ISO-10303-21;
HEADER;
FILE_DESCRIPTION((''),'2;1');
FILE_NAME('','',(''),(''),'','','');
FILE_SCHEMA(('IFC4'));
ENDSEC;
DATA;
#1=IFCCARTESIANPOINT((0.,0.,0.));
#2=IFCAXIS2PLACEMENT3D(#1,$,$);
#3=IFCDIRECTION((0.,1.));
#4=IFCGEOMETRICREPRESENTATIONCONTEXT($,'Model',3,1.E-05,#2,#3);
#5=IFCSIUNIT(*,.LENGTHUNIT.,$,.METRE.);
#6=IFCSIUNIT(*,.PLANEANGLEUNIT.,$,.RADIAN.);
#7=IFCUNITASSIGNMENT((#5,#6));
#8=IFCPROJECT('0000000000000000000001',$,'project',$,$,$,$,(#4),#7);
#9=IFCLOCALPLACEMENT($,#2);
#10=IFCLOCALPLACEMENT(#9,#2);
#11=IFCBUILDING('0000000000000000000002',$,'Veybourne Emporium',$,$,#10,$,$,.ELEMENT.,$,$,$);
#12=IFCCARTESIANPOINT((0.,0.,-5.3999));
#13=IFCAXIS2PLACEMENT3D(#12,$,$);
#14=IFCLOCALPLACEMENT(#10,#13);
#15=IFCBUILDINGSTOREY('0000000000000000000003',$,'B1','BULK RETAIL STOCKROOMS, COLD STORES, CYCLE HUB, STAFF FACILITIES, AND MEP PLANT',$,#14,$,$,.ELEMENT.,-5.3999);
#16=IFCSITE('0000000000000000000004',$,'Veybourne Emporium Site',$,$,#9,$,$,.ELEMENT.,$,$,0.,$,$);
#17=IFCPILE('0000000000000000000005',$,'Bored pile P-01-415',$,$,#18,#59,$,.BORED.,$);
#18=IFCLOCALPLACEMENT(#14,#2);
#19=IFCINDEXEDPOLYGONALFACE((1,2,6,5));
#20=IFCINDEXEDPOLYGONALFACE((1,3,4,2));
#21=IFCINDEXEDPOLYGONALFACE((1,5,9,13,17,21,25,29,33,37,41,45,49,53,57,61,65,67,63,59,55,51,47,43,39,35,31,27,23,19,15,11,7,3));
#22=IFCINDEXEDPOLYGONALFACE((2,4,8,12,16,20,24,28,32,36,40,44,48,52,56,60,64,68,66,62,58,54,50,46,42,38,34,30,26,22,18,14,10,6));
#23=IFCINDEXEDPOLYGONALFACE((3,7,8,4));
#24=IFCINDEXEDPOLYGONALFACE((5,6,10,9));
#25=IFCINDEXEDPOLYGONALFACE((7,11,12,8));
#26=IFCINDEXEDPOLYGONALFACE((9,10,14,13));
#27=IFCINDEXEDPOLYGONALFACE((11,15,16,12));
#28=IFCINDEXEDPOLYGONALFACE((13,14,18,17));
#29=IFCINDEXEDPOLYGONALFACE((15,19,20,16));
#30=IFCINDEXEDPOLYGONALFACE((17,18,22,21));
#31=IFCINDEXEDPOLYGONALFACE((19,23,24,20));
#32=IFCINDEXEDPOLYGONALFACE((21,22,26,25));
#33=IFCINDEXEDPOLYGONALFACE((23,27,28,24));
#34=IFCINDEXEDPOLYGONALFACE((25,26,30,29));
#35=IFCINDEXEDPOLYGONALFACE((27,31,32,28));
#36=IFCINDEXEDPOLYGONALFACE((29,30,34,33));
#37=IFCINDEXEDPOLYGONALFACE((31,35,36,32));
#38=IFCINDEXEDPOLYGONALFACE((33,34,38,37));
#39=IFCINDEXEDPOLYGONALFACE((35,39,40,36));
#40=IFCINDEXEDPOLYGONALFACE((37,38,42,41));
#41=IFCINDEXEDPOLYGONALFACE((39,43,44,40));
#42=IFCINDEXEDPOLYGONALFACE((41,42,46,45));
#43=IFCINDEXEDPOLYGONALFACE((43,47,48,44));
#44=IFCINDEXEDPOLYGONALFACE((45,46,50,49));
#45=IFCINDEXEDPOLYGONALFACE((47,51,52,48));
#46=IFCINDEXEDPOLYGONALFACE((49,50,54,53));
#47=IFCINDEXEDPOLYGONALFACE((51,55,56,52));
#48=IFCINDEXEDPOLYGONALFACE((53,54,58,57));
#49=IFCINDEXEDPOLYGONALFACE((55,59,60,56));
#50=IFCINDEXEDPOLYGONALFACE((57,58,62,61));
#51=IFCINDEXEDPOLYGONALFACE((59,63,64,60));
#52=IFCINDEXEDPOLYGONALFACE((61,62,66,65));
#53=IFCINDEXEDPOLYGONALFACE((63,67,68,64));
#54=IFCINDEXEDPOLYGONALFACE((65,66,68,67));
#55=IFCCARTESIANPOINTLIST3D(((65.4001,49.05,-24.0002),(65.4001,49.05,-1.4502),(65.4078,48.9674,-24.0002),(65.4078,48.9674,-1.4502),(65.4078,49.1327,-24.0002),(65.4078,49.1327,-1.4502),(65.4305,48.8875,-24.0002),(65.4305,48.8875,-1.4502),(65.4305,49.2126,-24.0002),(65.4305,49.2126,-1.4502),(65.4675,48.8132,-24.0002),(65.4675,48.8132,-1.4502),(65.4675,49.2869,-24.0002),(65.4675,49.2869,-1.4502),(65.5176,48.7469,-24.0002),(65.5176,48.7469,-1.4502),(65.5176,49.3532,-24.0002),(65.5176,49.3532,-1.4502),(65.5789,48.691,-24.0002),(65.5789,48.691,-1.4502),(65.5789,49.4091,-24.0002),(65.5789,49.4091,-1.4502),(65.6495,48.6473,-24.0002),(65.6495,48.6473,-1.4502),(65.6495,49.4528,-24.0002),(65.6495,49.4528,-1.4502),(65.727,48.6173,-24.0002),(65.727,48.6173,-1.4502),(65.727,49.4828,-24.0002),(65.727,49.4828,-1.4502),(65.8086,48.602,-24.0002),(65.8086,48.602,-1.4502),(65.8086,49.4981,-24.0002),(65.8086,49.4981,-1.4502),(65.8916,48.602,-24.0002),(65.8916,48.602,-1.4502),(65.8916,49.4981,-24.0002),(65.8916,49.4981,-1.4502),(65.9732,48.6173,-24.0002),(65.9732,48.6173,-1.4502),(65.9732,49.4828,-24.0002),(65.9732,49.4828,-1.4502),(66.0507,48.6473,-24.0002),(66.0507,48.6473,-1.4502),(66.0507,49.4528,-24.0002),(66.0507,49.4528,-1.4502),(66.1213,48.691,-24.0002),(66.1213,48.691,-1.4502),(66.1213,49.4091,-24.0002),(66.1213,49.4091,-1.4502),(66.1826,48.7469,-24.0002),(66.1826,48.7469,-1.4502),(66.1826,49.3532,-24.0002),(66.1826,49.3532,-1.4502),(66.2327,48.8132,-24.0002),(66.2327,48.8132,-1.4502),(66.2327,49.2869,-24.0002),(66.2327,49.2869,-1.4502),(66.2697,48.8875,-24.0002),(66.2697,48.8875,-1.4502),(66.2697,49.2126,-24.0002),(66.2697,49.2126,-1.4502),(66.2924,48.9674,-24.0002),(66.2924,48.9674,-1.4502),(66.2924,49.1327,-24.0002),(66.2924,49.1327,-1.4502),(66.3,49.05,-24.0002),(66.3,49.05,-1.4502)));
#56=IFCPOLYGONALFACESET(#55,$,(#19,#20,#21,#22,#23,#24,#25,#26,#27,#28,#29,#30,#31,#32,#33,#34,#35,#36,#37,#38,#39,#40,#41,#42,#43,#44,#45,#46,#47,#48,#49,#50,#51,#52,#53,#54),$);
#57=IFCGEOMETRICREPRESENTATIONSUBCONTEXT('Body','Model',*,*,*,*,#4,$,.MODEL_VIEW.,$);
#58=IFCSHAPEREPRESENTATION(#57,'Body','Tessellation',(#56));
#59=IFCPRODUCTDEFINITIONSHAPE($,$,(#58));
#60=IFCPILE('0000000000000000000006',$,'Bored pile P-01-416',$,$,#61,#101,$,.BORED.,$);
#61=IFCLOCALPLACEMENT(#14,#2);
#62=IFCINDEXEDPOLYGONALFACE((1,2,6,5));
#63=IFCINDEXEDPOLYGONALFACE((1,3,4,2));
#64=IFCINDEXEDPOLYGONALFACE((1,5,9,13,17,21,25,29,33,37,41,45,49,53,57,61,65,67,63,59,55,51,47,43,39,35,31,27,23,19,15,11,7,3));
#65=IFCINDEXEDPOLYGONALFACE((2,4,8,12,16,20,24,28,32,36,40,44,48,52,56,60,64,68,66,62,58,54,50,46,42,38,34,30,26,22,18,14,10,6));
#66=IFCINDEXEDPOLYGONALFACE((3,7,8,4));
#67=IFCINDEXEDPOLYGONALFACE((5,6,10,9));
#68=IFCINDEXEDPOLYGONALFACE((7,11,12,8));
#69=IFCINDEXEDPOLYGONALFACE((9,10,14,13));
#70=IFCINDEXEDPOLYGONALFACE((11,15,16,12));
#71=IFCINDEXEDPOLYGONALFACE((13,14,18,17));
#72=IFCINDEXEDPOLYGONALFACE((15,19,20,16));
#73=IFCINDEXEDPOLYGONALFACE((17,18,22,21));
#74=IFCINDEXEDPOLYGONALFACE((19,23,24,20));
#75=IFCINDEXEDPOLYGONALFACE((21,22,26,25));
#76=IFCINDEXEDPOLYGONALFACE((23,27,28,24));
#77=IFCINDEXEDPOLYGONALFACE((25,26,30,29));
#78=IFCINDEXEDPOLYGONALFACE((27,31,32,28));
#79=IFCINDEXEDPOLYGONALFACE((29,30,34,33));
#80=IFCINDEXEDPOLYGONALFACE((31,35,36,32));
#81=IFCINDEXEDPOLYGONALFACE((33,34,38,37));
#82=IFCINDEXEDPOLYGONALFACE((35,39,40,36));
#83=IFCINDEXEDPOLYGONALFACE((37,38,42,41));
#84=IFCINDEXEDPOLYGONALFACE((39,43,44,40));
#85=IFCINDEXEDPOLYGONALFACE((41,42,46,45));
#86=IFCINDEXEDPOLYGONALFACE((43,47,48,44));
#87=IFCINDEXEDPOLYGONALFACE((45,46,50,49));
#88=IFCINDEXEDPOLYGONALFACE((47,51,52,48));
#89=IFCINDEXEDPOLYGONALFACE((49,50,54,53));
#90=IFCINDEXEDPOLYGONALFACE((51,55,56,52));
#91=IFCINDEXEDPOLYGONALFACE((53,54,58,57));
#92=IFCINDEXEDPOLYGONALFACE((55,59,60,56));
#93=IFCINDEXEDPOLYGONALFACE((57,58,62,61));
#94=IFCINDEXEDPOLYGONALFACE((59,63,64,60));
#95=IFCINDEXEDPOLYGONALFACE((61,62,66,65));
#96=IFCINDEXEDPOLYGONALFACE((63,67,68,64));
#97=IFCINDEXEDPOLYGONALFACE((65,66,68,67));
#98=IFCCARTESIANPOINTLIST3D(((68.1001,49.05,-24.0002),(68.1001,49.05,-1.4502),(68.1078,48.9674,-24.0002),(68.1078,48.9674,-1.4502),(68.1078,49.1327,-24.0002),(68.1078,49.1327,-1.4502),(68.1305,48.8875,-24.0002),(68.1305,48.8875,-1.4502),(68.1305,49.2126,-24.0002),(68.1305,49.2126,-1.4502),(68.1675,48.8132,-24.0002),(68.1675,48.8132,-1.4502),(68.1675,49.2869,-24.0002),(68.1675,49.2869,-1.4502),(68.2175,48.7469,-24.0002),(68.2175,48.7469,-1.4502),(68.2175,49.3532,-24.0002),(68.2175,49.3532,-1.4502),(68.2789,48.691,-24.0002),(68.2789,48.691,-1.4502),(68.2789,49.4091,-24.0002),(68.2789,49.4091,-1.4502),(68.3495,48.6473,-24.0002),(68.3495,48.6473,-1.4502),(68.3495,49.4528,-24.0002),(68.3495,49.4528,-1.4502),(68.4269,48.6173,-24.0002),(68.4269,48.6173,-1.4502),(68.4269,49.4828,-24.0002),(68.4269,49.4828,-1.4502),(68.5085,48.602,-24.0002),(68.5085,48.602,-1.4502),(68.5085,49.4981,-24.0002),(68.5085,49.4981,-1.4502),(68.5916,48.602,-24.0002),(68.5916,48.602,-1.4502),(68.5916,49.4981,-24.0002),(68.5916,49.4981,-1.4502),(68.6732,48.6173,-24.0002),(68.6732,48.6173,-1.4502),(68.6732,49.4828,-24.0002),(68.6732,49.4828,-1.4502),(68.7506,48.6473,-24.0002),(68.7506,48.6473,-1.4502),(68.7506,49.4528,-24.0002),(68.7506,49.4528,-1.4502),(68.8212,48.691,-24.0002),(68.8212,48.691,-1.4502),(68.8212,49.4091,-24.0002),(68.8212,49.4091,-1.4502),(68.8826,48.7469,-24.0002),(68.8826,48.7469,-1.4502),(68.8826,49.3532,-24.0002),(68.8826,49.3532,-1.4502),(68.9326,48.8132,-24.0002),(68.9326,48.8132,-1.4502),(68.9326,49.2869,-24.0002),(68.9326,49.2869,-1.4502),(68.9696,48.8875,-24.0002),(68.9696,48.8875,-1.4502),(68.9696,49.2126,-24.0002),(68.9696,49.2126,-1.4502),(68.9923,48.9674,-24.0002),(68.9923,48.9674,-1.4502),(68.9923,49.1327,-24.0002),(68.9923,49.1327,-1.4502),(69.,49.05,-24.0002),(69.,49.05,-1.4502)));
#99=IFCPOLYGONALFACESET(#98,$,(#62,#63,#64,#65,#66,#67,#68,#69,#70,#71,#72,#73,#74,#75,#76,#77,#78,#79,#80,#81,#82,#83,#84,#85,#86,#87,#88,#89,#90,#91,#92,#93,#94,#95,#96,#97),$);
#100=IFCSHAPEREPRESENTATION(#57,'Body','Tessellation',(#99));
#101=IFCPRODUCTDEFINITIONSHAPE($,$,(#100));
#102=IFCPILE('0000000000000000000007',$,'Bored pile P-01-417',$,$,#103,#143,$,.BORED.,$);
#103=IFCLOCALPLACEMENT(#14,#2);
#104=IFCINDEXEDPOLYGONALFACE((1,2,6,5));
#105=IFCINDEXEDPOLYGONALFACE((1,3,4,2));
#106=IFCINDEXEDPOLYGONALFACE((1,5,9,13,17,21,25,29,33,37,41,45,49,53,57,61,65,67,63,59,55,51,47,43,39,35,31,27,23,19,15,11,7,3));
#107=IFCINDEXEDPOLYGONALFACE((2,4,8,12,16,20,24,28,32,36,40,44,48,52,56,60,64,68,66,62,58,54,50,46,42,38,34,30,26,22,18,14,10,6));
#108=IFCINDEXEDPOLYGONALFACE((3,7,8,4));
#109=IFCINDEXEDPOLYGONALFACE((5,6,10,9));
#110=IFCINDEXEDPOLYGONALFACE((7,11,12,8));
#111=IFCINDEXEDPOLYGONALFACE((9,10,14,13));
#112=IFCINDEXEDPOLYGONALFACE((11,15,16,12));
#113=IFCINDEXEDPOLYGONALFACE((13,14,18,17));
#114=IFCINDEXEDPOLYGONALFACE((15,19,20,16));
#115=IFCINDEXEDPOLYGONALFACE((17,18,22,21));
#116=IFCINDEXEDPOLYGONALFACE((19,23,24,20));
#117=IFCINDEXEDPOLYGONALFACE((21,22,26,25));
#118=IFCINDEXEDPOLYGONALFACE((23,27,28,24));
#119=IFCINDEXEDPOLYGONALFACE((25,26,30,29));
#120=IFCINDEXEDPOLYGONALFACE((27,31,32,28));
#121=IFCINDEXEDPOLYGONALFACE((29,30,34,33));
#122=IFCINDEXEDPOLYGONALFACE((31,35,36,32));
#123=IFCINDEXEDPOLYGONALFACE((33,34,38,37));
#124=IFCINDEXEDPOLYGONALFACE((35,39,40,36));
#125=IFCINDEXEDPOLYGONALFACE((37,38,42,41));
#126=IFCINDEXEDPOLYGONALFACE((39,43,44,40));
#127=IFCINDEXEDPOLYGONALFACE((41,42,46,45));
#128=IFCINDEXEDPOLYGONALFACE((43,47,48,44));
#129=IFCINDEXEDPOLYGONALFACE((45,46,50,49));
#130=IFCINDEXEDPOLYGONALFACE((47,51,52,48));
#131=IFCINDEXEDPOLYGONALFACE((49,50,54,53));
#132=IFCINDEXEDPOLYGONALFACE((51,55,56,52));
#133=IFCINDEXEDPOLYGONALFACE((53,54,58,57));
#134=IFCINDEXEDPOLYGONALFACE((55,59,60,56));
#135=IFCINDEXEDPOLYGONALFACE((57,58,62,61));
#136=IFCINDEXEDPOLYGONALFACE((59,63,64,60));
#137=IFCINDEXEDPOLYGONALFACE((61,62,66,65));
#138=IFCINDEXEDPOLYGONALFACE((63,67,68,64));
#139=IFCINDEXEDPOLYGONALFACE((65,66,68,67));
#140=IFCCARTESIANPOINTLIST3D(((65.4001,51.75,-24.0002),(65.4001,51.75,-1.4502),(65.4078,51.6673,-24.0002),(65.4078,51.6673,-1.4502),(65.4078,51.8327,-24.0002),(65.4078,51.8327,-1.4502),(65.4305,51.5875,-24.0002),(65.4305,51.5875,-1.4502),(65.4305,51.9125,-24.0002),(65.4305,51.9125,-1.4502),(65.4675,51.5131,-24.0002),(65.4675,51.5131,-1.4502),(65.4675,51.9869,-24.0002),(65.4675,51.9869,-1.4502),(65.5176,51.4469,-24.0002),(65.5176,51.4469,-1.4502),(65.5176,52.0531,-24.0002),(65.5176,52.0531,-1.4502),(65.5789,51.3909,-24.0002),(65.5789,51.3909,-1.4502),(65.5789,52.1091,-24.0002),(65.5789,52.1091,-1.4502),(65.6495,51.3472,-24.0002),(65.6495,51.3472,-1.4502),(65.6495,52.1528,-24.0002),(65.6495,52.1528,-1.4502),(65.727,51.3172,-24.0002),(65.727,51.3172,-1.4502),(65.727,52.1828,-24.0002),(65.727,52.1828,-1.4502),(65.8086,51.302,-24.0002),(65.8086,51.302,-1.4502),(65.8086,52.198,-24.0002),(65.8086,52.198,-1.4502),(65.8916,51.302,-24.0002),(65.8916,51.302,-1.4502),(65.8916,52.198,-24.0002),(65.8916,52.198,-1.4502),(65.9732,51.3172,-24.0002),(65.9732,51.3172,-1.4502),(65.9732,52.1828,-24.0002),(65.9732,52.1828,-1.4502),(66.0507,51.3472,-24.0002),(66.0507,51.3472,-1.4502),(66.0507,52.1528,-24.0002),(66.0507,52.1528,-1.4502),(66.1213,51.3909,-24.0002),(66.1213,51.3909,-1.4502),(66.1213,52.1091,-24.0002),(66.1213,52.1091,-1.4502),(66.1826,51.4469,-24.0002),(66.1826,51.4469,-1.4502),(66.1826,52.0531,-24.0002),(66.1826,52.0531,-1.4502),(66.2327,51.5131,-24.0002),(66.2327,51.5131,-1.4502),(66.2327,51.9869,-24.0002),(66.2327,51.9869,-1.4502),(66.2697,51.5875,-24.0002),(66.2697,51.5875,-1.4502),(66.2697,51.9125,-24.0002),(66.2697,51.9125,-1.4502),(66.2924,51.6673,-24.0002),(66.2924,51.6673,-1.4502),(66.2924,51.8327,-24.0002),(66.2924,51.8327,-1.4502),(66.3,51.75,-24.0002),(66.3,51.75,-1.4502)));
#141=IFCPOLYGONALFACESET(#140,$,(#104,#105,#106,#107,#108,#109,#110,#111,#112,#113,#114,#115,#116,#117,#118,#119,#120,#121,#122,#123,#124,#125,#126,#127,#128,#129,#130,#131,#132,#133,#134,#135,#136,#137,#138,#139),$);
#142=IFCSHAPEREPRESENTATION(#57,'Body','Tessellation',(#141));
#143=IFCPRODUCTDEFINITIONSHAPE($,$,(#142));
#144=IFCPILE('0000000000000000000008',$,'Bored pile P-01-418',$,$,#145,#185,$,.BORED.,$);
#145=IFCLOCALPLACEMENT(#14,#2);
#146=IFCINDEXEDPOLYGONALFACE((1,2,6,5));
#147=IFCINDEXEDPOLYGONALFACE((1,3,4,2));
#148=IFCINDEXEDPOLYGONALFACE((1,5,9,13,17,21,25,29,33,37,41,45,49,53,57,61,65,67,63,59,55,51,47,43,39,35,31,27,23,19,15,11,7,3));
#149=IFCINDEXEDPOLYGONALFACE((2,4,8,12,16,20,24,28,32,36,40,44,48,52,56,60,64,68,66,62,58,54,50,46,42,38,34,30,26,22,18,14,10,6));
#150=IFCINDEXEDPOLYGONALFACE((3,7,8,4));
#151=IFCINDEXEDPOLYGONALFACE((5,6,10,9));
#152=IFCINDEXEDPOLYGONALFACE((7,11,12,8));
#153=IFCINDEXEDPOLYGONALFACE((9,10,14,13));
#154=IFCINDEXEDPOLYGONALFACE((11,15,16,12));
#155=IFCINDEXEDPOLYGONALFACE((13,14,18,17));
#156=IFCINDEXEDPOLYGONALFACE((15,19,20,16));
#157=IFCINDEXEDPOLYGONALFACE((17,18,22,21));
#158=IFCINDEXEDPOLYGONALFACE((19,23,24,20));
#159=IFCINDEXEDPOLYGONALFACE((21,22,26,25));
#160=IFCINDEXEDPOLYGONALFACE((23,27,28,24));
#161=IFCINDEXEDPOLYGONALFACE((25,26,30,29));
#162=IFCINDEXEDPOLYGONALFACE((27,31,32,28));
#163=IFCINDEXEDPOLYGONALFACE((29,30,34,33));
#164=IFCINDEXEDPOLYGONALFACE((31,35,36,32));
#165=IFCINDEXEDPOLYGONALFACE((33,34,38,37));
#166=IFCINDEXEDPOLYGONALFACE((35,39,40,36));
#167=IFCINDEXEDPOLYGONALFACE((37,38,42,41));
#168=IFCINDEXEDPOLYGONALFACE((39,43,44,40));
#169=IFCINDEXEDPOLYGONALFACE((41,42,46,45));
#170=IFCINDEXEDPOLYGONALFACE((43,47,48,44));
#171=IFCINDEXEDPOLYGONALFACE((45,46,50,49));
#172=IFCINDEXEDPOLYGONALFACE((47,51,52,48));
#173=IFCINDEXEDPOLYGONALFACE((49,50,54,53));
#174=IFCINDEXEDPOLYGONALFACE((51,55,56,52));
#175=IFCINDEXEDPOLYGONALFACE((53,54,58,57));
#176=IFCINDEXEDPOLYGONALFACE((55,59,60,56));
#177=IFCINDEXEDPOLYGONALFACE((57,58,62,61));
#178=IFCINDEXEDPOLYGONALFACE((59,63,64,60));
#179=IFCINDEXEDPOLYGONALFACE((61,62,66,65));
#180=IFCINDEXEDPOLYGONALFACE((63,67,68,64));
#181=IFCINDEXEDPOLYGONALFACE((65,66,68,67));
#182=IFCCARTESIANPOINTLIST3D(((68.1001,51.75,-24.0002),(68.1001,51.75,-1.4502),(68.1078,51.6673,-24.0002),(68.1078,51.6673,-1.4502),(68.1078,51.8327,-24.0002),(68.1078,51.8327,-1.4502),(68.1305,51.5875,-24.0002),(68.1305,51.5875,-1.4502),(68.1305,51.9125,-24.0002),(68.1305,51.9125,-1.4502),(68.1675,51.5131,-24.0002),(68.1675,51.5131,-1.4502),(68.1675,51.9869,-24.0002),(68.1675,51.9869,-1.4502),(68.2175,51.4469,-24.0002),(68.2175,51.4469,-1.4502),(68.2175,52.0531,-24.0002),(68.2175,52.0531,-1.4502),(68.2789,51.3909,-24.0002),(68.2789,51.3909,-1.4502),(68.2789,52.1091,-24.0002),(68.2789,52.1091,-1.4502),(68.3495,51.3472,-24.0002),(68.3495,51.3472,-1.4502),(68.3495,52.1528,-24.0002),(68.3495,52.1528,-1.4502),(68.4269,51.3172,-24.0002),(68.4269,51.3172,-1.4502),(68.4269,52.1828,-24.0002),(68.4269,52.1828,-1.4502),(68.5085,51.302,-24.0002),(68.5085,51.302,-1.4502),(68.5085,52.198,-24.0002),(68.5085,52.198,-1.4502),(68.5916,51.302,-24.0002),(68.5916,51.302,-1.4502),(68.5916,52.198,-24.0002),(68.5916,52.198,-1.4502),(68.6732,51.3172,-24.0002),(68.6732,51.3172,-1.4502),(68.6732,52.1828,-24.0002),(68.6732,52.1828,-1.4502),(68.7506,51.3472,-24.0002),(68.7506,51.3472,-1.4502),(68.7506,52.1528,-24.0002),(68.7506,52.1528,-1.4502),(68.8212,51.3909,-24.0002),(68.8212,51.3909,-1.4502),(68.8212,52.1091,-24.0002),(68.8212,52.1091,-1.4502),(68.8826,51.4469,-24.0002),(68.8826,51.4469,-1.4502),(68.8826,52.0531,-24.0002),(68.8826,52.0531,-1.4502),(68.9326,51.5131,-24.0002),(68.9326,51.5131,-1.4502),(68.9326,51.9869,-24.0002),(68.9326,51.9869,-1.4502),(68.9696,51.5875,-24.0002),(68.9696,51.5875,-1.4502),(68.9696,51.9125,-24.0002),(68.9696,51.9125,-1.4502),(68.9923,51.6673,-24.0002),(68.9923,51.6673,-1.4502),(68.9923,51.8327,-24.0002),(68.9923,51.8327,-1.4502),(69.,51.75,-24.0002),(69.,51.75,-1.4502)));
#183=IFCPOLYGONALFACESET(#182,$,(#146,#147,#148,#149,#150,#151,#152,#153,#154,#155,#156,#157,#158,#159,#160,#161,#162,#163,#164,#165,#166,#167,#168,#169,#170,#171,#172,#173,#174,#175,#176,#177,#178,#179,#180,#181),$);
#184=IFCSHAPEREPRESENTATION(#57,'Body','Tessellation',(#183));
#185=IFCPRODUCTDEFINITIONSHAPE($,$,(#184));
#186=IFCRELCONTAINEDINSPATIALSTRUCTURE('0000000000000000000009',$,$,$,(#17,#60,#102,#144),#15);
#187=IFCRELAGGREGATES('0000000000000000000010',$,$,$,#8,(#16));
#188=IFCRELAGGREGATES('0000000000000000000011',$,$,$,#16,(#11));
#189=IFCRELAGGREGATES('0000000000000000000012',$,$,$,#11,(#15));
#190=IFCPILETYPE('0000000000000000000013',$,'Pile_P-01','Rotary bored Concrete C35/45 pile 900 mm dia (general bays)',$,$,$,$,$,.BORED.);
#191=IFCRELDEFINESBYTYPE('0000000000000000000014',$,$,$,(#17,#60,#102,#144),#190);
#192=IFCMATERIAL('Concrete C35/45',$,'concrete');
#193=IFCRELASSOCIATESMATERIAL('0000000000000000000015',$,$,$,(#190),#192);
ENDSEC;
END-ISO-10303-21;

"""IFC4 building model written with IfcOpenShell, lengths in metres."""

from ifc_helpers import new_model, si_unit, direction, frame, origin, origin_2d, place, context, subcontext, project, spatial, circle, extrude, material, material_profile, profile_set, type_object, element, save


model = new_model("IFC4")

# Units and contexts
model_context = context("Model", 3, precision=1e-05, world=origin(), true_north=direction((0.0, 1.0)))
body_context = subcontext(model_context, "Body", "Model", "MODEL_VIEW")
ifc_project = project(units=[si_unit("LENGTHUNIT", "METRE"), si_unit("PLANEANGLEUNIT", "RADIAN")], contexts=[model_context])

# Site, building, storey
site_placement = place(None, origin())
site = spatial("IfcSite", under=ifc_project, at=site_placement, Name="Veybourne Emporium Site", CompositionType="ELEMENT", RefElevation=0.0)
building_placement = place(site_placement, origin())
building = spatial("IfcBuilding", under=site, at=building_placement, Name="Veybourne Emporium", CompositionType="ELEMENT")
storey_placement = place(building_placement, frame((0.0, 0.0, -5.3999)))
storey = spatial("IfcBuildingStorey", under=building, at=storey_placement, Name="B1", Description="BULK RETAIL STOCKROOMS, COLD STORES, CYCLE HUB, STAFF FACILITIES, AND MEP PLANT", CompositionType="ELEMENT", Elevation=-5.3999)

# Shared definitions
ifc_material_1 = material(Name="Concrete C35/45", Category="concrete")

# Piles
ifc_material_profile_1 = material_profile(ifc_material_1, circle(Radius=0.45, at=origin_2d()), Name="BORED PILE 900")
ifc_profile_set_1 = profile_set([ifc_material_profile_1], Name="Concrete C35/45")
pile_type_1 = type_object("IfcPileType", Name="Pile_P-01", Description="Rotary bored Concrete C35/45 pile 900 mm dia (general bays)", PredefinedType="BORED", material=ifc_profile_set_1)
for number, where, z_axis, x_axis, name in (
    (1, (65.8501, 49.05, -1.4502), (0.0, 0.0, -1.0), (1.0, 0.0, 0.0), "Bored pile P-01-415"),
    (2, (68.55, 49.05, -1.4502), (0.0, 0.0, -1.0), (1.0, 0.0, 0.0), "Bored pile P-01-416"),
    (3, (65.8501, 51.75, -1.4502), (0.0, 0.0, -1.0), (1.0, 0.0, 0.0), "Bored pile P-01-417"),
    (4, (68.55, 51.75, -1.4502), (0.0, 0.0, -1.0), (1.0, 0.0, 0.0), "Bored pile P-01-418"),
):
    element("IfcPile", number, at=place(storey_placement, frame(where, z_axis=z_axis, x_axis=x_axis)), inside=storey, type_object=pile_type_1, Name=name, PredefinedType="BORED", context=body_context, shape_type="SweptSolid", body=[
        extrude(circle(Radius=0.45, at=origin_2d()), origin(), (0.0, 0.0, 1.0), 22.55),
    ])

save(model, "model.ifc")
